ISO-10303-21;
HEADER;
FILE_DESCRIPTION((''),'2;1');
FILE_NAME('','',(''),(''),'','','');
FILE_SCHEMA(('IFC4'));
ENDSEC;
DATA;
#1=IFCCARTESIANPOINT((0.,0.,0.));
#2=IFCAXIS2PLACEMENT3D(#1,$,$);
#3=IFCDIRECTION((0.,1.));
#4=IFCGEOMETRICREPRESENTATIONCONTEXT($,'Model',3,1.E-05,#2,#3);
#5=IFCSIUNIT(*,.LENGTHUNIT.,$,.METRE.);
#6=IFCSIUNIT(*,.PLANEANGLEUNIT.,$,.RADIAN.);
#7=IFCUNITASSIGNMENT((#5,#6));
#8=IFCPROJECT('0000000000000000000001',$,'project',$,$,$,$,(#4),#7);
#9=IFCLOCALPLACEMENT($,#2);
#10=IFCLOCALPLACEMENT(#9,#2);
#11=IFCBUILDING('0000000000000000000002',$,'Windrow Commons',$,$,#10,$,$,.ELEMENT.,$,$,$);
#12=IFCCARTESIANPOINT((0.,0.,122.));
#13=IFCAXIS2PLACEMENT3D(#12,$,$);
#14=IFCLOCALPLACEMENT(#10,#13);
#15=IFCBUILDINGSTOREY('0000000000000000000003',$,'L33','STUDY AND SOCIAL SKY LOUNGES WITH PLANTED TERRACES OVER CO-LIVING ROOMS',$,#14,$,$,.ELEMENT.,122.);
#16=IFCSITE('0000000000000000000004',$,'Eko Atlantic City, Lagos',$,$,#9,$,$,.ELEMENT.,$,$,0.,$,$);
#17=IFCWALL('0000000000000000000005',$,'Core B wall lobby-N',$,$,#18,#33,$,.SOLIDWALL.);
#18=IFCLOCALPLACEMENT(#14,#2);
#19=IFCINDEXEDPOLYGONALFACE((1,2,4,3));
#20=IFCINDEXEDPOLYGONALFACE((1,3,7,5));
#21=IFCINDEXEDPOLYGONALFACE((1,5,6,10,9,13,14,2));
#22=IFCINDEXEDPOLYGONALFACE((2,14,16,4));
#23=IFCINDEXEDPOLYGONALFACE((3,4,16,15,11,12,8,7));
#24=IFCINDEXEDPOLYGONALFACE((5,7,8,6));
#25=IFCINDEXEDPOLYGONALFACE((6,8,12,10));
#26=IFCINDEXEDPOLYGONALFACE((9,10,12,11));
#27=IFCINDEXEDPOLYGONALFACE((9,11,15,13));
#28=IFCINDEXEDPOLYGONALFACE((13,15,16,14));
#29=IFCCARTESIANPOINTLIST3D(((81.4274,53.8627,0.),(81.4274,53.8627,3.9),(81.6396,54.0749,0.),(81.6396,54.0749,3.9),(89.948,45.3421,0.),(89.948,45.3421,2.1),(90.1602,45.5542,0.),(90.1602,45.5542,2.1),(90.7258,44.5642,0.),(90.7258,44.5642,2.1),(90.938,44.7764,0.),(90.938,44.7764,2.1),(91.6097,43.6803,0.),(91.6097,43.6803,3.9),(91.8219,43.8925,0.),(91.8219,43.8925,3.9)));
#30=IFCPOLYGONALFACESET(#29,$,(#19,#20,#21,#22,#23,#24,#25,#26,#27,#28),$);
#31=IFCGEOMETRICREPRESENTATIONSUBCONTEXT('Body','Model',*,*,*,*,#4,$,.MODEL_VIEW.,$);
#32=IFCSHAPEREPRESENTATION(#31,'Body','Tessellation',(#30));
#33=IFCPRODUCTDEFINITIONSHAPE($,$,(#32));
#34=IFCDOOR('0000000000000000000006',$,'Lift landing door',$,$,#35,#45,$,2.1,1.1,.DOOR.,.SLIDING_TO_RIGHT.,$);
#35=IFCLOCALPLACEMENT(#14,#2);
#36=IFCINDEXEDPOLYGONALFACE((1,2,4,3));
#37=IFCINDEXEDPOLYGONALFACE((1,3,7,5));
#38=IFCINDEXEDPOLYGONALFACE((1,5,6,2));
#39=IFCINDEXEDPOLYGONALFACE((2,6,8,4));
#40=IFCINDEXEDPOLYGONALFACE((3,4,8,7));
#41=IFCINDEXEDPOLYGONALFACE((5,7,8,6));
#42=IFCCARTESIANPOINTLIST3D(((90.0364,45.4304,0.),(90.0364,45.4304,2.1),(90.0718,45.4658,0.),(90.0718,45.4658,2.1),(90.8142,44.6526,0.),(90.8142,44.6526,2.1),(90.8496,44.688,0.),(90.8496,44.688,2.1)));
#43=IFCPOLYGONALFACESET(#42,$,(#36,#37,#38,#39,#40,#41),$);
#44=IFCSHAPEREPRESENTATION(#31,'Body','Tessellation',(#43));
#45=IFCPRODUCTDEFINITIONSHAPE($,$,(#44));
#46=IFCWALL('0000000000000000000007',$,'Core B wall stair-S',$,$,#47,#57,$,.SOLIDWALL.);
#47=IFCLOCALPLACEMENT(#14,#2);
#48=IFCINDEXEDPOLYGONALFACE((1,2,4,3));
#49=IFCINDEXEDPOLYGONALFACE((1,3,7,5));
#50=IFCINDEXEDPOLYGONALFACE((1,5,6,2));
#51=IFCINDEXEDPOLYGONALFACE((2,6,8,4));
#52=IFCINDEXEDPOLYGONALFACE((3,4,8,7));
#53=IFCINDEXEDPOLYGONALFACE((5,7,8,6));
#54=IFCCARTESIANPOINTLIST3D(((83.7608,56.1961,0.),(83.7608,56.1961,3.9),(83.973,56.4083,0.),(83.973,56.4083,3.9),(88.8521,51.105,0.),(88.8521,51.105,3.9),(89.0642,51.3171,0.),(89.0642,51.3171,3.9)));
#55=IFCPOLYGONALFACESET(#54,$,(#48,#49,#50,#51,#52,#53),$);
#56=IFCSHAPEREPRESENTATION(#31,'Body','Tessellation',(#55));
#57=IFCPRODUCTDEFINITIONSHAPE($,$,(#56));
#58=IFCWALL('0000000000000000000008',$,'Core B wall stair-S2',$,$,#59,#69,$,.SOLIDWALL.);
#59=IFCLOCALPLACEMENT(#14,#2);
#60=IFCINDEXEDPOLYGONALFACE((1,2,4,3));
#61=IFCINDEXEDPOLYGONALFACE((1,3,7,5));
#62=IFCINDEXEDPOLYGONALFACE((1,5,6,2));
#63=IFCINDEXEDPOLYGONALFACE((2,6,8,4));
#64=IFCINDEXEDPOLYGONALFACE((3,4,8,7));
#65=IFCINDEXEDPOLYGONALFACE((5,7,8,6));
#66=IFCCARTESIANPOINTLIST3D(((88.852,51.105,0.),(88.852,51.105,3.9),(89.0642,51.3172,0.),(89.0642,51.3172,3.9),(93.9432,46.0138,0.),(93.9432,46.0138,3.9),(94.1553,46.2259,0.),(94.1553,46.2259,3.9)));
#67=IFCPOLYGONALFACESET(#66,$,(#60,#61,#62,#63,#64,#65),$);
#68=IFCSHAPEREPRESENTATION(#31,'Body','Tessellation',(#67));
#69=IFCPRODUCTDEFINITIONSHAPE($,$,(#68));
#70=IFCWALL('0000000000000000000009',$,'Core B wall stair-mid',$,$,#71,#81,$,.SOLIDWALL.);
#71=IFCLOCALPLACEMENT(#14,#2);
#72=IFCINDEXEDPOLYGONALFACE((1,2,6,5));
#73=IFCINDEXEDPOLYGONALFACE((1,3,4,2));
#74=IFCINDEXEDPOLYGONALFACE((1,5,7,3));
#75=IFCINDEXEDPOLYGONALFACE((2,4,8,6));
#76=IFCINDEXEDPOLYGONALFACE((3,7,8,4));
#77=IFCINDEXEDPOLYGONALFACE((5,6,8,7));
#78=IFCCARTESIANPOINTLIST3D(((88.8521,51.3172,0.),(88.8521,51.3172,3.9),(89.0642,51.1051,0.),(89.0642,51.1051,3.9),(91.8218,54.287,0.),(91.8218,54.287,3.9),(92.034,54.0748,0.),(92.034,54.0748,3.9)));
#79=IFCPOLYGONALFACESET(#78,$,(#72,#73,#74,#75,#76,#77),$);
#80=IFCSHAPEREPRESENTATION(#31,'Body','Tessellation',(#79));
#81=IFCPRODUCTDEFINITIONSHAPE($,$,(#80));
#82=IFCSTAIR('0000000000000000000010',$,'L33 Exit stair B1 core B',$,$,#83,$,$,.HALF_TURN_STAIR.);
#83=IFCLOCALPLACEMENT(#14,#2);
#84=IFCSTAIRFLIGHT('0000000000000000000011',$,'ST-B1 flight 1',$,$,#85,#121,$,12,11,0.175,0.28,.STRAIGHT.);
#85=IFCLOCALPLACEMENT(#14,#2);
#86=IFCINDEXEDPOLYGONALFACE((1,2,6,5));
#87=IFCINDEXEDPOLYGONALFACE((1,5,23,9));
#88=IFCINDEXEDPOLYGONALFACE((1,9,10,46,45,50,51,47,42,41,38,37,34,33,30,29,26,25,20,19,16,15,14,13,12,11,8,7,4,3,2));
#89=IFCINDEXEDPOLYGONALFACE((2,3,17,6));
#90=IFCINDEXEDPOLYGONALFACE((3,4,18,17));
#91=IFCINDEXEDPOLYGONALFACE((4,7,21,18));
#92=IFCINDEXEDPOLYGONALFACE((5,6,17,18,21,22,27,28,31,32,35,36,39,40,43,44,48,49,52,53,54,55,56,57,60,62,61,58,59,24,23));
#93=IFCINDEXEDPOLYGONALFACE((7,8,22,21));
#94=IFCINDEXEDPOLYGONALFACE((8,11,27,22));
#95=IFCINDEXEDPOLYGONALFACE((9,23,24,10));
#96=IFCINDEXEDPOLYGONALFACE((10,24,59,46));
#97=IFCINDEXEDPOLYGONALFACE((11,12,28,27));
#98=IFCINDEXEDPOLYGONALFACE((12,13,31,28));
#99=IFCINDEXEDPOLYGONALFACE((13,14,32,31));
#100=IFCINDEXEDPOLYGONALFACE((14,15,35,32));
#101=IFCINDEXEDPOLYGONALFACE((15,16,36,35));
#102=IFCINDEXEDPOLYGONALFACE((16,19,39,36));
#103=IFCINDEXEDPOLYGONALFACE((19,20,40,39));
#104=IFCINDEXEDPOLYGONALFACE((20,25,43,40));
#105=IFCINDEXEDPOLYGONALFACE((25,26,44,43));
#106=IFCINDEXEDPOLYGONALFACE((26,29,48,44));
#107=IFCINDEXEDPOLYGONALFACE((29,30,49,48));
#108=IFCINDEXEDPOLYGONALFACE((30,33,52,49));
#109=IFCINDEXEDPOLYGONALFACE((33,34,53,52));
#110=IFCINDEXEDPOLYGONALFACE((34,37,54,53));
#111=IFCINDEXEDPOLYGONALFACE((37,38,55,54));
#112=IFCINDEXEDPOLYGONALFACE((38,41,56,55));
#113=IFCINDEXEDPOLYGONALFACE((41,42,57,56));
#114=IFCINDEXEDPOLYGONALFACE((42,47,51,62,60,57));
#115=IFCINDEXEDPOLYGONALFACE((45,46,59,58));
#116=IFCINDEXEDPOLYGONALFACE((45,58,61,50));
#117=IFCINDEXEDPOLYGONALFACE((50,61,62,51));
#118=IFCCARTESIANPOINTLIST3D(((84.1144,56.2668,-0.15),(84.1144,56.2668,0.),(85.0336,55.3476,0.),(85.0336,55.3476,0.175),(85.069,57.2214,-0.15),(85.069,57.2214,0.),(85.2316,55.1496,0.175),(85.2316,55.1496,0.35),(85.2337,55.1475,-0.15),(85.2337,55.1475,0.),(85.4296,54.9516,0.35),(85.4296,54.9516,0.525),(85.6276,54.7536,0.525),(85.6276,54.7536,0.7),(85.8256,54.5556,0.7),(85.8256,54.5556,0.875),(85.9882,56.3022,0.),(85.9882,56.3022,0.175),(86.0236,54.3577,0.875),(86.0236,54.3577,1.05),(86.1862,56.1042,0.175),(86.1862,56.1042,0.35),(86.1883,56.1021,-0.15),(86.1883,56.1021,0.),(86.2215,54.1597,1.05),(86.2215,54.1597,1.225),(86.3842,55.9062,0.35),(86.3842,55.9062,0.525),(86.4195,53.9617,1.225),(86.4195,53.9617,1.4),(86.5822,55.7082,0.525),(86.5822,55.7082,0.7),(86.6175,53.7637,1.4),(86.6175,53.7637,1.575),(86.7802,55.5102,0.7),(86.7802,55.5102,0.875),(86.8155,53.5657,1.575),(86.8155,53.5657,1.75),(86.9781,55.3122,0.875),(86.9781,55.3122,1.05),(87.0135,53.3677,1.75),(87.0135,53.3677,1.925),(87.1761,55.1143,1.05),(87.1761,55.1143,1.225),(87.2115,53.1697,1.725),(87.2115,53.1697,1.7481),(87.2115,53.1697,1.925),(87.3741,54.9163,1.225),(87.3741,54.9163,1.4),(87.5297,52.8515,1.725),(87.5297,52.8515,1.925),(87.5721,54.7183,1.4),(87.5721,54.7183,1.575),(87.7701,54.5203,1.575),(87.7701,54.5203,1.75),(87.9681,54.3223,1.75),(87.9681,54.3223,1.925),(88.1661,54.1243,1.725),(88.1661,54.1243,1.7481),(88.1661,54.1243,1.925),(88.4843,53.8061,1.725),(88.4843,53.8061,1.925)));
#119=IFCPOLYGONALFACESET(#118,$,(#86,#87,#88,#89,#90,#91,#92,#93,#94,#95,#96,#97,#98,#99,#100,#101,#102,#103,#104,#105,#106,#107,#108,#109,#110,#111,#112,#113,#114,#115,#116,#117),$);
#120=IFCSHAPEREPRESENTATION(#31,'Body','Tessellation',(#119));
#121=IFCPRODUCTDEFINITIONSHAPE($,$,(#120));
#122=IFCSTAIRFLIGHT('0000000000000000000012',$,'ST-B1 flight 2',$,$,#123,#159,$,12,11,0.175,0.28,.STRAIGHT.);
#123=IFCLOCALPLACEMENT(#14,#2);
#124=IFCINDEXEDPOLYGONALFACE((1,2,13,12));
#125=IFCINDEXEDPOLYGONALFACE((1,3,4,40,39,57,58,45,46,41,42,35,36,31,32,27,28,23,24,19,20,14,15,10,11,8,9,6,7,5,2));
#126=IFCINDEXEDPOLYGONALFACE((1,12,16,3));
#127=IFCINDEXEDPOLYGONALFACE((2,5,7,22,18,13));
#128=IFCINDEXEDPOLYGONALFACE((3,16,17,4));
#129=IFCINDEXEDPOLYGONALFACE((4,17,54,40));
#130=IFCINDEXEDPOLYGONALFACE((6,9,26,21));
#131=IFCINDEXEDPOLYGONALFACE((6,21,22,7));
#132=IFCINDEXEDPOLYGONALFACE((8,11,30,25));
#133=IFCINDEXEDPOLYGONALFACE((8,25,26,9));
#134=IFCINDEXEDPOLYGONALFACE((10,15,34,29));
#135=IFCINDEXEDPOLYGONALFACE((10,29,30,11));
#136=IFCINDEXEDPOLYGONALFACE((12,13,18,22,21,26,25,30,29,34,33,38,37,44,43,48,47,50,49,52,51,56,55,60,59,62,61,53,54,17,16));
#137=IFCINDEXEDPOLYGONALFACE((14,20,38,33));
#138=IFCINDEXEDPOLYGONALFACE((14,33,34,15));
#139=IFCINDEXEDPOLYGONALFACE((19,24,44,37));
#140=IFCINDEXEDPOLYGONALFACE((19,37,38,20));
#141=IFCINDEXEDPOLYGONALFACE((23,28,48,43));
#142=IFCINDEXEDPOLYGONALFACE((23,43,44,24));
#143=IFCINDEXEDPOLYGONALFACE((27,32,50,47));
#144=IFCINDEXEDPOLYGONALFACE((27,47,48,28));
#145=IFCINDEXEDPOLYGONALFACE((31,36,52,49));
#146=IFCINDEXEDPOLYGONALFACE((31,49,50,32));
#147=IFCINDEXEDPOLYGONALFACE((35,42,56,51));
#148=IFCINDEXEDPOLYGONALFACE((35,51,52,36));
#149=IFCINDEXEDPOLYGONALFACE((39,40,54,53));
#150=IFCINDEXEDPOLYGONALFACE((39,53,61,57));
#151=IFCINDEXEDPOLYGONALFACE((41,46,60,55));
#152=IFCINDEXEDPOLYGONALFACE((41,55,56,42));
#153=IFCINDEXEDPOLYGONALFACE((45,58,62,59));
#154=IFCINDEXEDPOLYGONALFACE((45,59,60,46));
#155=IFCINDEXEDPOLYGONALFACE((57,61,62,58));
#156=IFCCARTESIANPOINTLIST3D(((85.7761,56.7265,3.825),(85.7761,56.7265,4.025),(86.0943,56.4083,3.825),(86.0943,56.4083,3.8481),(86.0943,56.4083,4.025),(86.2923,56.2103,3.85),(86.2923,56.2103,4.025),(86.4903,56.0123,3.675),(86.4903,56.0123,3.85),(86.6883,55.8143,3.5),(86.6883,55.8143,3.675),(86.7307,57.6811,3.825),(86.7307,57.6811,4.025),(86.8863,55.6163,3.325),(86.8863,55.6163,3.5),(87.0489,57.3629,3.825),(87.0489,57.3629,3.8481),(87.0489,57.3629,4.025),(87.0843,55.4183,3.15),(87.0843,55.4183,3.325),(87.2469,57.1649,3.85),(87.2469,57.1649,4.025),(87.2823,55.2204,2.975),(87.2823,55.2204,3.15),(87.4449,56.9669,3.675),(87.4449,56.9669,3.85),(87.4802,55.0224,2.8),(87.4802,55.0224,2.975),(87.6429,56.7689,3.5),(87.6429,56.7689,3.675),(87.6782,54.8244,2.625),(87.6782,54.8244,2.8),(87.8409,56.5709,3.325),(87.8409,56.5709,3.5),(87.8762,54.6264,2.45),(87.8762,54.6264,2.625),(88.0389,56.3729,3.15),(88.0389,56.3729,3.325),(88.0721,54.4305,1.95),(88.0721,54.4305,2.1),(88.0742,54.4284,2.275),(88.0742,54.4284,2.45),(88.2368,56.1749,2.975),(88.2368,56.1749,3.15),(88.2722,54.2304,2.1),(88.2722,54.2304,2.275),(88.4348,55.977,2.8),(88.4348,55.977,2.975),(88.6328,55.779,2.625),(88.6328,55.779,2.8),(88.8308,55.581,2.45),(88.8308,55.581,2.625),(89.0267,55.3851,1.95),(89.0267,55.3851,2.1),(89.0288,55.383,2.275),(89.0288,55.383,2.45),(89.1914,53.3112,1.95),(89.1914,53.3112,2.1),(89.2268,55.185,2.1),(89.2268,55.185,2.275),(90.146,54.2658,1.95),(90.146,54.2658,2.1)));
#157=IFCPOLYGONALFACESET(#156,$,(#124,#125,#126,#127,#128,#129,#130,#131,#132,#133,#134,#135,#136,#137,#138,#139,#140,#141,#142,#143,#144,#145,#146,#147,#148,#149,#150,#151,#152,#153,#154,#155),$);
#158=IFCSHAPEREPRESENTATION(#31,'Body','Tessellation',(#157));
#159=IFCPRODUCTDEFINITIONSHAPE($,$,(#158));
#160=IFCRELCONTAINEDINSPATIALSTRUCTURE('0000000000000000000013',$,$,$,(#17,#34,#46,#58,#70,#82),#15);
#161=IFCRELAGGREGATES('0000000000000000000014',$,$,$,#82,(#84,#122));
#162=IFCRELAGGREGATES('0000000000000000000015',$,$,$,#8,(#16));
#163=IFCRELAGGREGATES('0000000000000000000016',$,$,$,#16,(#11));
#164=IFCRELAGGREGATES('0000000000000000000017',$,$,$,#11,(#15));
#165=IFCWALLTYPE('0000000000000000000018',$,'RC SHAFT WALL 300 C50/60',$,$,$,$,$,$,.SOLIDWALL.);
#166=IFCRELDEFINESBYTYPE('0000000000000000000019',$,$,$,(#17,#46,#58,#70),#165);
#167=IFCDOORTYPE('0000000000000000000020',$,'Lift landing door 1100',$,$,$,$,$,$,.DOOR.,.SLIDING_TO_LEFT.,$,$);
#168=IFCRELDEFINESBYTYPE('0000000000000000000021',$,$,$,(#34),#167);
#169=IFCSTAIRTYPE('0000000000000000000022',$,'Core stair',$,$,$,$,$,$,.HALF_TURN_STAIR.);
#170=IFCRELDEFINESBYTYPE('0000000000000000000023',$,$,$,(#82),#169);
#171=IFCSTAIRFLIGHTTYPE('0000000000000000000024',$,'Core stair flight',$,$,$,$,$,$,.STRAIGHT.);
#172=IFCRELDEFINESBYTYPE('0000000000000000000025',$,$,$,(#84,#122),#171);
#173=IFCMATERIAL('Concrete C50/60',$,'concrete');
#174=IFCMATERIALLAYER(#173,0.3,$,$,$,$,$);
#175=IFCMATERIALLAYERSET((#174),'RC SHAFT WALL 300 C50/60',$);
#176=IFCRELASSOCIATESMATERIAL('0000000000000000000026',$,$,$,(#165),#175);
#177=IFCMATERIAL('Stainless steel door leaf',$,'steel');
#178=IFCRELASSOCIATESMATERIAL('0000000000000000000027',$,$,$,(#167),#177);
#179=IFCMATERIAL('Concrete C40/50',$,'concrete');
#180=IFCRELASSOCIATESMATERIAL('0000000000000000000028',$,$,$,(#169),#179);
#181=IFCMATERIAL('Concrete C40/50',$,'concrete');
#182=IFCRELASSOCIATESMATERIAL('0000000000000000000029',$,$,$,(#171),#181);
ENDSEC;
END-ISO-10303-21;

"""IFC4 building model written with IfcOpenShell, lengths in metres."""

from ifc_helpers import new_model, si_unit, direction, frame, frame_2d, origin, place, context, subcontext, project, spatial, polyline, rectangle, outline, extrude, material, layer, layer_set, type_object, element, fill, aggregate, save


model = new_model("IFC4")

# Units and contexts
model_context = context("Model", 3, precision=1e-05, world=origin(), true_north=direction((0.0, 1.0)))
body_context = subcontext(model_context, "Body", "Model", "MODEL_VIEW")
ifc_project = project(units=[si_unit("LENGTHUNIT", "METRE"), si_unit("PLANEANGLEUNIT", "RADIAN")], contexts=[model_context])

# Site, building, storey
site_placement = place(None, origin())
site = spatial("IfcSite", under=ifc_project, at=site_placement, Name="Eko Atlantic City, Lagos", CompositionType="ELEMENT", RefElevation=0.0)
building_placement = place(site_placement, origin())
building = spatial("IfcBuilding", under=site, at=building_placement, Name="Windrow Commons", CompositionType="ELEMENT")
storey_placement = place(building_placement, frame((0.0, 0.0, 122.0)))
storey = spatial("IfcBuildingStorey", under=building, at=storey_placement, Name="L33", Description="STUDY AND SOCIAL SKY LOUNGES WITH PLANTED TERRACES OVER CO-LIVING ROOMS", CompositionType="ELEMENT", Elevation=122.0)

# Shared definitions
placement = place(storey_placement, origin())

# Shared definitions
ifc_material_1 = material(Name="Concrete C50/60", Category="concrete")
ifc_layer_1 = layer(ifc_material_1, 0.3)
ifc_layer_set_1 = layer_set([ifc_layer_1], Name="RC SHAFT WALL 300 C50/60")
wall_type_1 = type_object("IfcWallType", Name="RC SHAFT WALL 300 C50/60", PredefinedType="SOLIDWALL", material=ifc_layer_set_1)

# Wall, opening, door
wall_1_placement = place(storey_placement, frame((81.5335, 53.9688, 0.0), z_axis=(0.0, 0.0, 1.0), x_axis=(0.707103, -0.70711, 0.0)))
wall_1 = element("IfcWall", 1, at=wall_1_placement, inside=storey, type_object=wall_type_1, Name="Core B wall lobby-N", PredefinedType="SOLIDWALL", context=body_context, shape_type="SweptSolid", body=[
    extrude(rectangle(XDim=14.4, YDim=0.3, at=frame_2d((7.2, 0.0))), origin(), (0.0, 0.0, 1.0), 3.9),
])
opening_1_placement = place(wall_1_placement, frame((12.05, 0.0, 0.0)))
opening_1 = element("IfcOpeningElement", 2, at=opening_1_placement, cuts=wall_1, PredefinedType="OPENING", context=body_context, shape_type="SweptSolid", body=[
    extrude(rectangle(XDim=1.1, YDim=2.1, at=frame_2d((0.55, 1.05))), frame((0.0, 0.16, 0.0), z_axis=(0.0, -1.0, 0.0), x_axis=(1.0, 0.0, 0.0)), (0.0, 0.0, 1.0), 0.32),
])
ifc_material_2 = material(Name="Stainless steel door leaf", Category="steel")
door_type_1 = type_object("IfcDoorType", Name="Lift landing door 1100", OperationType="SLIDING_TO_LEFT", PredefinedType="DOOR", material=ifc_material_2)
door_1_placement = place(opening_1_placement, origin())
door_1 = element("IfcDoor", 3, at=door_1_placement, inside=storey, type_object=door_type_1, Name="Lift landing door", OperationType="SLIDING_TO_RIGHT", OverallHeight=2.1, OverallWidth=1.1, PredefinedType="DOOR", context=body_context, shape_type="SweptSolid", body=[
    extrude(rectangle(XDim=1.1, YDim=2.1, at=frame_2d((0.55, 1.05))), frame((0.0, 0.025, 0.0), z_axis=(0.0, -1.0, 0.0), x_axis=(1.0, 0.0, 0.0)), (0.0, 0.0, 1.0), 0.05),
])
fill(opening_1, door_1)

# Walls
for number, where, z_axis, x_axis, name in (
    (4, (83.8669, 56.3022, 0.0), (0.0, 0.0, 1.0), (0.707114, -0.7071, 0.0), "Core B wall stair-S"),
    (5, (88.9581, 51.2111, 0.0), (0.0, 0.0, 1.0), (0.7071, -0.707114, 0.0), "Core B wall stair-S2"),
):
    element("IfcWall", number, at=place(storey_placement, frame(where, z_axis=z_axis, x_axis=x_axis)), inside=storey, type_object=wall_type_1, Name=name, PredefinedType="SOLIDWALL", context=body_context, shape_type="SweptSolid", body=[
        extrude(rectangle(XDim=7.2, YDim=0.3, at=frame_2d((3.6, 0.0))), origin(), (0.0, 0.0, 1.0), 3.9),
    ])
wall_2_placement = place(storey_placement, frame((88.9581, 51.2111, 0.0), z_axis=(0.0, 0.0, 1.0), x_axis=(0.707107, 0.707107, 0.0)))
element("IfcWall", 6, at=wall_2_placement, inside=storey, type_object=wall_type_1, Name="Core B wall stair-mid", PredefinedType="SOLIDWALL", context=body_context, shape_type="SweptSolid", body=[
    extrude(rectangle(XDim=4.1999, YDim=0.3, at=frame_2d((2.1, 0.0))), origin(), (0.0, 0.0, 1.0), 3.9),
])

# Stair, stair flights
ifc_material_3 = material(Name="Concrete C40/50", Category="concrete")
stair_type = type_object("IfcStairType", Name="Core stair", PredefinedType="HALF_TURN_STAIR", material=ifc_material_3)
stair = element("IfcStair", 7, at=placement, inside=storey, type_object=stair_type, Name="L33 Exit stair B1 core B", PredefinedType="HALF_TURN_STAIR")
ifc_material_4 = material(Name="Concrete C40/50", Category="concrete")
stair_flight_type = type_object("IfcStairFlightType", Name="Core stair flight", PredefinedType="STRAIGHT", material=ifc_material_4)
stair_flight_1_placement = place(storey_placement, frame((85.5109, 55.8249, 0.0), z_axis=(0.0, 0.0, 1.0), x_axis=(0.707107, -0.707107, 0.0)))
stair_flight_1 = element("IfcStairFlight", 8, at=stair_flight_1_placement, type_object=stair_flight_type, Name="ST-B1 flight 1", NumberOfRisers=12, NumberOfTreads=11, PredefinedType="STRAIGHT", RiserHeight=0.175, TreadLength=0.28, context=body_context, shape_type="SweptSolid", body=[
    extrude(outline(polyline([(-1.3, -0.15), (-1.3, 0.0), (0.0, 0.0), (0.0, 0.175), (0.28, 0.175), (0.28, 0.35), (0.56, 0.35), (0.56, 0.525), (0.84, 0.525), (0.84, 0.7), (1.12, 0.7), (1.12, 0.875), (1.4, 0.875), (1.4, 1.05), (1.68, 1.05), (1.68, 1.225), (1.96, 1.225), (1.96, 1.4), (2.24, 1.4), (2.24, 1.575), (2.52, 1.575), (2.52, 1.75), (2.8, 1.75), (2.8, 1.925), (3.08, 1.925), (3.53, 1.925), (3.53, 1.725), (3.08, 1.725), (3.08, 1.7481), (0.283, 0.0), (0.283, -0.15), (-1.3, -0.15)])), frame((0.0, 0.675, 0.0), z_axis=(0.0, -1.0, 0.0), x_axis=(1.0, 0.0, 0.0)), (0.0, 0.0, 1.0), 1.35),
])
stair_flight_2_placement = place(storey_placement, frame((88.7495, 54.7077, 2.1), z_axis=(0.0, 0.0, 1.0), x_axis=(-0.707107, 0.707107, 0.0)))
stair_flight_2 = element("IfcStairFlight", 9, at=stair_flight_2_placement, type_object=stair_flight_type, Name="ST-B1 flight 2", NumberOfRisers=12, NumberOfTreads=11, PredefinedType="STRAIGHT", RiserHeight=0.175, TreadLength=0.28, context=body_context, shape_type="SweptSolid", body=[
    extrude(outline(polyline([(-1.3, -0.15), (-1.3, 0.0), (0.0, 0.0), (0.0, 0.175), (0.28, 0.175), (0.28, 0.35), (0.56, 0.35), (0.56, 0.525), (0.84, 0.525), (0.84, 0.7), (1.12, 0.7), (1.12, 0.875), (1.4, 0.875), (1.4, 1.05), (1.68, 1.05), (1.68, 1.225), (1.96, 1.225), (1.96, 1.4), (2.24, 1.4), (2.24, 1.575), (2.52, 1.575), (2.52, 1.75), (2.8, 1.75), (2.8, 1.925), (3.08, 1.925), (3.53, 1.925), (3.53, 1.725), (3.08, 1.725), (3.08, 1.7481), (0.283, 0.0), (0.283, -0.15), (-1.3, -0.15)])), frame((0.0, 0.675, 0.0), z_axis=(0.0, -1.0, 0.0), x_axis=(1.0, 0.0, 0.0)), (0.0, 0.0, 1.0), 1.35),
])
aggregate(stair, [stair_flight_1, stair_flight_2])

save(model, "model.ifc")
